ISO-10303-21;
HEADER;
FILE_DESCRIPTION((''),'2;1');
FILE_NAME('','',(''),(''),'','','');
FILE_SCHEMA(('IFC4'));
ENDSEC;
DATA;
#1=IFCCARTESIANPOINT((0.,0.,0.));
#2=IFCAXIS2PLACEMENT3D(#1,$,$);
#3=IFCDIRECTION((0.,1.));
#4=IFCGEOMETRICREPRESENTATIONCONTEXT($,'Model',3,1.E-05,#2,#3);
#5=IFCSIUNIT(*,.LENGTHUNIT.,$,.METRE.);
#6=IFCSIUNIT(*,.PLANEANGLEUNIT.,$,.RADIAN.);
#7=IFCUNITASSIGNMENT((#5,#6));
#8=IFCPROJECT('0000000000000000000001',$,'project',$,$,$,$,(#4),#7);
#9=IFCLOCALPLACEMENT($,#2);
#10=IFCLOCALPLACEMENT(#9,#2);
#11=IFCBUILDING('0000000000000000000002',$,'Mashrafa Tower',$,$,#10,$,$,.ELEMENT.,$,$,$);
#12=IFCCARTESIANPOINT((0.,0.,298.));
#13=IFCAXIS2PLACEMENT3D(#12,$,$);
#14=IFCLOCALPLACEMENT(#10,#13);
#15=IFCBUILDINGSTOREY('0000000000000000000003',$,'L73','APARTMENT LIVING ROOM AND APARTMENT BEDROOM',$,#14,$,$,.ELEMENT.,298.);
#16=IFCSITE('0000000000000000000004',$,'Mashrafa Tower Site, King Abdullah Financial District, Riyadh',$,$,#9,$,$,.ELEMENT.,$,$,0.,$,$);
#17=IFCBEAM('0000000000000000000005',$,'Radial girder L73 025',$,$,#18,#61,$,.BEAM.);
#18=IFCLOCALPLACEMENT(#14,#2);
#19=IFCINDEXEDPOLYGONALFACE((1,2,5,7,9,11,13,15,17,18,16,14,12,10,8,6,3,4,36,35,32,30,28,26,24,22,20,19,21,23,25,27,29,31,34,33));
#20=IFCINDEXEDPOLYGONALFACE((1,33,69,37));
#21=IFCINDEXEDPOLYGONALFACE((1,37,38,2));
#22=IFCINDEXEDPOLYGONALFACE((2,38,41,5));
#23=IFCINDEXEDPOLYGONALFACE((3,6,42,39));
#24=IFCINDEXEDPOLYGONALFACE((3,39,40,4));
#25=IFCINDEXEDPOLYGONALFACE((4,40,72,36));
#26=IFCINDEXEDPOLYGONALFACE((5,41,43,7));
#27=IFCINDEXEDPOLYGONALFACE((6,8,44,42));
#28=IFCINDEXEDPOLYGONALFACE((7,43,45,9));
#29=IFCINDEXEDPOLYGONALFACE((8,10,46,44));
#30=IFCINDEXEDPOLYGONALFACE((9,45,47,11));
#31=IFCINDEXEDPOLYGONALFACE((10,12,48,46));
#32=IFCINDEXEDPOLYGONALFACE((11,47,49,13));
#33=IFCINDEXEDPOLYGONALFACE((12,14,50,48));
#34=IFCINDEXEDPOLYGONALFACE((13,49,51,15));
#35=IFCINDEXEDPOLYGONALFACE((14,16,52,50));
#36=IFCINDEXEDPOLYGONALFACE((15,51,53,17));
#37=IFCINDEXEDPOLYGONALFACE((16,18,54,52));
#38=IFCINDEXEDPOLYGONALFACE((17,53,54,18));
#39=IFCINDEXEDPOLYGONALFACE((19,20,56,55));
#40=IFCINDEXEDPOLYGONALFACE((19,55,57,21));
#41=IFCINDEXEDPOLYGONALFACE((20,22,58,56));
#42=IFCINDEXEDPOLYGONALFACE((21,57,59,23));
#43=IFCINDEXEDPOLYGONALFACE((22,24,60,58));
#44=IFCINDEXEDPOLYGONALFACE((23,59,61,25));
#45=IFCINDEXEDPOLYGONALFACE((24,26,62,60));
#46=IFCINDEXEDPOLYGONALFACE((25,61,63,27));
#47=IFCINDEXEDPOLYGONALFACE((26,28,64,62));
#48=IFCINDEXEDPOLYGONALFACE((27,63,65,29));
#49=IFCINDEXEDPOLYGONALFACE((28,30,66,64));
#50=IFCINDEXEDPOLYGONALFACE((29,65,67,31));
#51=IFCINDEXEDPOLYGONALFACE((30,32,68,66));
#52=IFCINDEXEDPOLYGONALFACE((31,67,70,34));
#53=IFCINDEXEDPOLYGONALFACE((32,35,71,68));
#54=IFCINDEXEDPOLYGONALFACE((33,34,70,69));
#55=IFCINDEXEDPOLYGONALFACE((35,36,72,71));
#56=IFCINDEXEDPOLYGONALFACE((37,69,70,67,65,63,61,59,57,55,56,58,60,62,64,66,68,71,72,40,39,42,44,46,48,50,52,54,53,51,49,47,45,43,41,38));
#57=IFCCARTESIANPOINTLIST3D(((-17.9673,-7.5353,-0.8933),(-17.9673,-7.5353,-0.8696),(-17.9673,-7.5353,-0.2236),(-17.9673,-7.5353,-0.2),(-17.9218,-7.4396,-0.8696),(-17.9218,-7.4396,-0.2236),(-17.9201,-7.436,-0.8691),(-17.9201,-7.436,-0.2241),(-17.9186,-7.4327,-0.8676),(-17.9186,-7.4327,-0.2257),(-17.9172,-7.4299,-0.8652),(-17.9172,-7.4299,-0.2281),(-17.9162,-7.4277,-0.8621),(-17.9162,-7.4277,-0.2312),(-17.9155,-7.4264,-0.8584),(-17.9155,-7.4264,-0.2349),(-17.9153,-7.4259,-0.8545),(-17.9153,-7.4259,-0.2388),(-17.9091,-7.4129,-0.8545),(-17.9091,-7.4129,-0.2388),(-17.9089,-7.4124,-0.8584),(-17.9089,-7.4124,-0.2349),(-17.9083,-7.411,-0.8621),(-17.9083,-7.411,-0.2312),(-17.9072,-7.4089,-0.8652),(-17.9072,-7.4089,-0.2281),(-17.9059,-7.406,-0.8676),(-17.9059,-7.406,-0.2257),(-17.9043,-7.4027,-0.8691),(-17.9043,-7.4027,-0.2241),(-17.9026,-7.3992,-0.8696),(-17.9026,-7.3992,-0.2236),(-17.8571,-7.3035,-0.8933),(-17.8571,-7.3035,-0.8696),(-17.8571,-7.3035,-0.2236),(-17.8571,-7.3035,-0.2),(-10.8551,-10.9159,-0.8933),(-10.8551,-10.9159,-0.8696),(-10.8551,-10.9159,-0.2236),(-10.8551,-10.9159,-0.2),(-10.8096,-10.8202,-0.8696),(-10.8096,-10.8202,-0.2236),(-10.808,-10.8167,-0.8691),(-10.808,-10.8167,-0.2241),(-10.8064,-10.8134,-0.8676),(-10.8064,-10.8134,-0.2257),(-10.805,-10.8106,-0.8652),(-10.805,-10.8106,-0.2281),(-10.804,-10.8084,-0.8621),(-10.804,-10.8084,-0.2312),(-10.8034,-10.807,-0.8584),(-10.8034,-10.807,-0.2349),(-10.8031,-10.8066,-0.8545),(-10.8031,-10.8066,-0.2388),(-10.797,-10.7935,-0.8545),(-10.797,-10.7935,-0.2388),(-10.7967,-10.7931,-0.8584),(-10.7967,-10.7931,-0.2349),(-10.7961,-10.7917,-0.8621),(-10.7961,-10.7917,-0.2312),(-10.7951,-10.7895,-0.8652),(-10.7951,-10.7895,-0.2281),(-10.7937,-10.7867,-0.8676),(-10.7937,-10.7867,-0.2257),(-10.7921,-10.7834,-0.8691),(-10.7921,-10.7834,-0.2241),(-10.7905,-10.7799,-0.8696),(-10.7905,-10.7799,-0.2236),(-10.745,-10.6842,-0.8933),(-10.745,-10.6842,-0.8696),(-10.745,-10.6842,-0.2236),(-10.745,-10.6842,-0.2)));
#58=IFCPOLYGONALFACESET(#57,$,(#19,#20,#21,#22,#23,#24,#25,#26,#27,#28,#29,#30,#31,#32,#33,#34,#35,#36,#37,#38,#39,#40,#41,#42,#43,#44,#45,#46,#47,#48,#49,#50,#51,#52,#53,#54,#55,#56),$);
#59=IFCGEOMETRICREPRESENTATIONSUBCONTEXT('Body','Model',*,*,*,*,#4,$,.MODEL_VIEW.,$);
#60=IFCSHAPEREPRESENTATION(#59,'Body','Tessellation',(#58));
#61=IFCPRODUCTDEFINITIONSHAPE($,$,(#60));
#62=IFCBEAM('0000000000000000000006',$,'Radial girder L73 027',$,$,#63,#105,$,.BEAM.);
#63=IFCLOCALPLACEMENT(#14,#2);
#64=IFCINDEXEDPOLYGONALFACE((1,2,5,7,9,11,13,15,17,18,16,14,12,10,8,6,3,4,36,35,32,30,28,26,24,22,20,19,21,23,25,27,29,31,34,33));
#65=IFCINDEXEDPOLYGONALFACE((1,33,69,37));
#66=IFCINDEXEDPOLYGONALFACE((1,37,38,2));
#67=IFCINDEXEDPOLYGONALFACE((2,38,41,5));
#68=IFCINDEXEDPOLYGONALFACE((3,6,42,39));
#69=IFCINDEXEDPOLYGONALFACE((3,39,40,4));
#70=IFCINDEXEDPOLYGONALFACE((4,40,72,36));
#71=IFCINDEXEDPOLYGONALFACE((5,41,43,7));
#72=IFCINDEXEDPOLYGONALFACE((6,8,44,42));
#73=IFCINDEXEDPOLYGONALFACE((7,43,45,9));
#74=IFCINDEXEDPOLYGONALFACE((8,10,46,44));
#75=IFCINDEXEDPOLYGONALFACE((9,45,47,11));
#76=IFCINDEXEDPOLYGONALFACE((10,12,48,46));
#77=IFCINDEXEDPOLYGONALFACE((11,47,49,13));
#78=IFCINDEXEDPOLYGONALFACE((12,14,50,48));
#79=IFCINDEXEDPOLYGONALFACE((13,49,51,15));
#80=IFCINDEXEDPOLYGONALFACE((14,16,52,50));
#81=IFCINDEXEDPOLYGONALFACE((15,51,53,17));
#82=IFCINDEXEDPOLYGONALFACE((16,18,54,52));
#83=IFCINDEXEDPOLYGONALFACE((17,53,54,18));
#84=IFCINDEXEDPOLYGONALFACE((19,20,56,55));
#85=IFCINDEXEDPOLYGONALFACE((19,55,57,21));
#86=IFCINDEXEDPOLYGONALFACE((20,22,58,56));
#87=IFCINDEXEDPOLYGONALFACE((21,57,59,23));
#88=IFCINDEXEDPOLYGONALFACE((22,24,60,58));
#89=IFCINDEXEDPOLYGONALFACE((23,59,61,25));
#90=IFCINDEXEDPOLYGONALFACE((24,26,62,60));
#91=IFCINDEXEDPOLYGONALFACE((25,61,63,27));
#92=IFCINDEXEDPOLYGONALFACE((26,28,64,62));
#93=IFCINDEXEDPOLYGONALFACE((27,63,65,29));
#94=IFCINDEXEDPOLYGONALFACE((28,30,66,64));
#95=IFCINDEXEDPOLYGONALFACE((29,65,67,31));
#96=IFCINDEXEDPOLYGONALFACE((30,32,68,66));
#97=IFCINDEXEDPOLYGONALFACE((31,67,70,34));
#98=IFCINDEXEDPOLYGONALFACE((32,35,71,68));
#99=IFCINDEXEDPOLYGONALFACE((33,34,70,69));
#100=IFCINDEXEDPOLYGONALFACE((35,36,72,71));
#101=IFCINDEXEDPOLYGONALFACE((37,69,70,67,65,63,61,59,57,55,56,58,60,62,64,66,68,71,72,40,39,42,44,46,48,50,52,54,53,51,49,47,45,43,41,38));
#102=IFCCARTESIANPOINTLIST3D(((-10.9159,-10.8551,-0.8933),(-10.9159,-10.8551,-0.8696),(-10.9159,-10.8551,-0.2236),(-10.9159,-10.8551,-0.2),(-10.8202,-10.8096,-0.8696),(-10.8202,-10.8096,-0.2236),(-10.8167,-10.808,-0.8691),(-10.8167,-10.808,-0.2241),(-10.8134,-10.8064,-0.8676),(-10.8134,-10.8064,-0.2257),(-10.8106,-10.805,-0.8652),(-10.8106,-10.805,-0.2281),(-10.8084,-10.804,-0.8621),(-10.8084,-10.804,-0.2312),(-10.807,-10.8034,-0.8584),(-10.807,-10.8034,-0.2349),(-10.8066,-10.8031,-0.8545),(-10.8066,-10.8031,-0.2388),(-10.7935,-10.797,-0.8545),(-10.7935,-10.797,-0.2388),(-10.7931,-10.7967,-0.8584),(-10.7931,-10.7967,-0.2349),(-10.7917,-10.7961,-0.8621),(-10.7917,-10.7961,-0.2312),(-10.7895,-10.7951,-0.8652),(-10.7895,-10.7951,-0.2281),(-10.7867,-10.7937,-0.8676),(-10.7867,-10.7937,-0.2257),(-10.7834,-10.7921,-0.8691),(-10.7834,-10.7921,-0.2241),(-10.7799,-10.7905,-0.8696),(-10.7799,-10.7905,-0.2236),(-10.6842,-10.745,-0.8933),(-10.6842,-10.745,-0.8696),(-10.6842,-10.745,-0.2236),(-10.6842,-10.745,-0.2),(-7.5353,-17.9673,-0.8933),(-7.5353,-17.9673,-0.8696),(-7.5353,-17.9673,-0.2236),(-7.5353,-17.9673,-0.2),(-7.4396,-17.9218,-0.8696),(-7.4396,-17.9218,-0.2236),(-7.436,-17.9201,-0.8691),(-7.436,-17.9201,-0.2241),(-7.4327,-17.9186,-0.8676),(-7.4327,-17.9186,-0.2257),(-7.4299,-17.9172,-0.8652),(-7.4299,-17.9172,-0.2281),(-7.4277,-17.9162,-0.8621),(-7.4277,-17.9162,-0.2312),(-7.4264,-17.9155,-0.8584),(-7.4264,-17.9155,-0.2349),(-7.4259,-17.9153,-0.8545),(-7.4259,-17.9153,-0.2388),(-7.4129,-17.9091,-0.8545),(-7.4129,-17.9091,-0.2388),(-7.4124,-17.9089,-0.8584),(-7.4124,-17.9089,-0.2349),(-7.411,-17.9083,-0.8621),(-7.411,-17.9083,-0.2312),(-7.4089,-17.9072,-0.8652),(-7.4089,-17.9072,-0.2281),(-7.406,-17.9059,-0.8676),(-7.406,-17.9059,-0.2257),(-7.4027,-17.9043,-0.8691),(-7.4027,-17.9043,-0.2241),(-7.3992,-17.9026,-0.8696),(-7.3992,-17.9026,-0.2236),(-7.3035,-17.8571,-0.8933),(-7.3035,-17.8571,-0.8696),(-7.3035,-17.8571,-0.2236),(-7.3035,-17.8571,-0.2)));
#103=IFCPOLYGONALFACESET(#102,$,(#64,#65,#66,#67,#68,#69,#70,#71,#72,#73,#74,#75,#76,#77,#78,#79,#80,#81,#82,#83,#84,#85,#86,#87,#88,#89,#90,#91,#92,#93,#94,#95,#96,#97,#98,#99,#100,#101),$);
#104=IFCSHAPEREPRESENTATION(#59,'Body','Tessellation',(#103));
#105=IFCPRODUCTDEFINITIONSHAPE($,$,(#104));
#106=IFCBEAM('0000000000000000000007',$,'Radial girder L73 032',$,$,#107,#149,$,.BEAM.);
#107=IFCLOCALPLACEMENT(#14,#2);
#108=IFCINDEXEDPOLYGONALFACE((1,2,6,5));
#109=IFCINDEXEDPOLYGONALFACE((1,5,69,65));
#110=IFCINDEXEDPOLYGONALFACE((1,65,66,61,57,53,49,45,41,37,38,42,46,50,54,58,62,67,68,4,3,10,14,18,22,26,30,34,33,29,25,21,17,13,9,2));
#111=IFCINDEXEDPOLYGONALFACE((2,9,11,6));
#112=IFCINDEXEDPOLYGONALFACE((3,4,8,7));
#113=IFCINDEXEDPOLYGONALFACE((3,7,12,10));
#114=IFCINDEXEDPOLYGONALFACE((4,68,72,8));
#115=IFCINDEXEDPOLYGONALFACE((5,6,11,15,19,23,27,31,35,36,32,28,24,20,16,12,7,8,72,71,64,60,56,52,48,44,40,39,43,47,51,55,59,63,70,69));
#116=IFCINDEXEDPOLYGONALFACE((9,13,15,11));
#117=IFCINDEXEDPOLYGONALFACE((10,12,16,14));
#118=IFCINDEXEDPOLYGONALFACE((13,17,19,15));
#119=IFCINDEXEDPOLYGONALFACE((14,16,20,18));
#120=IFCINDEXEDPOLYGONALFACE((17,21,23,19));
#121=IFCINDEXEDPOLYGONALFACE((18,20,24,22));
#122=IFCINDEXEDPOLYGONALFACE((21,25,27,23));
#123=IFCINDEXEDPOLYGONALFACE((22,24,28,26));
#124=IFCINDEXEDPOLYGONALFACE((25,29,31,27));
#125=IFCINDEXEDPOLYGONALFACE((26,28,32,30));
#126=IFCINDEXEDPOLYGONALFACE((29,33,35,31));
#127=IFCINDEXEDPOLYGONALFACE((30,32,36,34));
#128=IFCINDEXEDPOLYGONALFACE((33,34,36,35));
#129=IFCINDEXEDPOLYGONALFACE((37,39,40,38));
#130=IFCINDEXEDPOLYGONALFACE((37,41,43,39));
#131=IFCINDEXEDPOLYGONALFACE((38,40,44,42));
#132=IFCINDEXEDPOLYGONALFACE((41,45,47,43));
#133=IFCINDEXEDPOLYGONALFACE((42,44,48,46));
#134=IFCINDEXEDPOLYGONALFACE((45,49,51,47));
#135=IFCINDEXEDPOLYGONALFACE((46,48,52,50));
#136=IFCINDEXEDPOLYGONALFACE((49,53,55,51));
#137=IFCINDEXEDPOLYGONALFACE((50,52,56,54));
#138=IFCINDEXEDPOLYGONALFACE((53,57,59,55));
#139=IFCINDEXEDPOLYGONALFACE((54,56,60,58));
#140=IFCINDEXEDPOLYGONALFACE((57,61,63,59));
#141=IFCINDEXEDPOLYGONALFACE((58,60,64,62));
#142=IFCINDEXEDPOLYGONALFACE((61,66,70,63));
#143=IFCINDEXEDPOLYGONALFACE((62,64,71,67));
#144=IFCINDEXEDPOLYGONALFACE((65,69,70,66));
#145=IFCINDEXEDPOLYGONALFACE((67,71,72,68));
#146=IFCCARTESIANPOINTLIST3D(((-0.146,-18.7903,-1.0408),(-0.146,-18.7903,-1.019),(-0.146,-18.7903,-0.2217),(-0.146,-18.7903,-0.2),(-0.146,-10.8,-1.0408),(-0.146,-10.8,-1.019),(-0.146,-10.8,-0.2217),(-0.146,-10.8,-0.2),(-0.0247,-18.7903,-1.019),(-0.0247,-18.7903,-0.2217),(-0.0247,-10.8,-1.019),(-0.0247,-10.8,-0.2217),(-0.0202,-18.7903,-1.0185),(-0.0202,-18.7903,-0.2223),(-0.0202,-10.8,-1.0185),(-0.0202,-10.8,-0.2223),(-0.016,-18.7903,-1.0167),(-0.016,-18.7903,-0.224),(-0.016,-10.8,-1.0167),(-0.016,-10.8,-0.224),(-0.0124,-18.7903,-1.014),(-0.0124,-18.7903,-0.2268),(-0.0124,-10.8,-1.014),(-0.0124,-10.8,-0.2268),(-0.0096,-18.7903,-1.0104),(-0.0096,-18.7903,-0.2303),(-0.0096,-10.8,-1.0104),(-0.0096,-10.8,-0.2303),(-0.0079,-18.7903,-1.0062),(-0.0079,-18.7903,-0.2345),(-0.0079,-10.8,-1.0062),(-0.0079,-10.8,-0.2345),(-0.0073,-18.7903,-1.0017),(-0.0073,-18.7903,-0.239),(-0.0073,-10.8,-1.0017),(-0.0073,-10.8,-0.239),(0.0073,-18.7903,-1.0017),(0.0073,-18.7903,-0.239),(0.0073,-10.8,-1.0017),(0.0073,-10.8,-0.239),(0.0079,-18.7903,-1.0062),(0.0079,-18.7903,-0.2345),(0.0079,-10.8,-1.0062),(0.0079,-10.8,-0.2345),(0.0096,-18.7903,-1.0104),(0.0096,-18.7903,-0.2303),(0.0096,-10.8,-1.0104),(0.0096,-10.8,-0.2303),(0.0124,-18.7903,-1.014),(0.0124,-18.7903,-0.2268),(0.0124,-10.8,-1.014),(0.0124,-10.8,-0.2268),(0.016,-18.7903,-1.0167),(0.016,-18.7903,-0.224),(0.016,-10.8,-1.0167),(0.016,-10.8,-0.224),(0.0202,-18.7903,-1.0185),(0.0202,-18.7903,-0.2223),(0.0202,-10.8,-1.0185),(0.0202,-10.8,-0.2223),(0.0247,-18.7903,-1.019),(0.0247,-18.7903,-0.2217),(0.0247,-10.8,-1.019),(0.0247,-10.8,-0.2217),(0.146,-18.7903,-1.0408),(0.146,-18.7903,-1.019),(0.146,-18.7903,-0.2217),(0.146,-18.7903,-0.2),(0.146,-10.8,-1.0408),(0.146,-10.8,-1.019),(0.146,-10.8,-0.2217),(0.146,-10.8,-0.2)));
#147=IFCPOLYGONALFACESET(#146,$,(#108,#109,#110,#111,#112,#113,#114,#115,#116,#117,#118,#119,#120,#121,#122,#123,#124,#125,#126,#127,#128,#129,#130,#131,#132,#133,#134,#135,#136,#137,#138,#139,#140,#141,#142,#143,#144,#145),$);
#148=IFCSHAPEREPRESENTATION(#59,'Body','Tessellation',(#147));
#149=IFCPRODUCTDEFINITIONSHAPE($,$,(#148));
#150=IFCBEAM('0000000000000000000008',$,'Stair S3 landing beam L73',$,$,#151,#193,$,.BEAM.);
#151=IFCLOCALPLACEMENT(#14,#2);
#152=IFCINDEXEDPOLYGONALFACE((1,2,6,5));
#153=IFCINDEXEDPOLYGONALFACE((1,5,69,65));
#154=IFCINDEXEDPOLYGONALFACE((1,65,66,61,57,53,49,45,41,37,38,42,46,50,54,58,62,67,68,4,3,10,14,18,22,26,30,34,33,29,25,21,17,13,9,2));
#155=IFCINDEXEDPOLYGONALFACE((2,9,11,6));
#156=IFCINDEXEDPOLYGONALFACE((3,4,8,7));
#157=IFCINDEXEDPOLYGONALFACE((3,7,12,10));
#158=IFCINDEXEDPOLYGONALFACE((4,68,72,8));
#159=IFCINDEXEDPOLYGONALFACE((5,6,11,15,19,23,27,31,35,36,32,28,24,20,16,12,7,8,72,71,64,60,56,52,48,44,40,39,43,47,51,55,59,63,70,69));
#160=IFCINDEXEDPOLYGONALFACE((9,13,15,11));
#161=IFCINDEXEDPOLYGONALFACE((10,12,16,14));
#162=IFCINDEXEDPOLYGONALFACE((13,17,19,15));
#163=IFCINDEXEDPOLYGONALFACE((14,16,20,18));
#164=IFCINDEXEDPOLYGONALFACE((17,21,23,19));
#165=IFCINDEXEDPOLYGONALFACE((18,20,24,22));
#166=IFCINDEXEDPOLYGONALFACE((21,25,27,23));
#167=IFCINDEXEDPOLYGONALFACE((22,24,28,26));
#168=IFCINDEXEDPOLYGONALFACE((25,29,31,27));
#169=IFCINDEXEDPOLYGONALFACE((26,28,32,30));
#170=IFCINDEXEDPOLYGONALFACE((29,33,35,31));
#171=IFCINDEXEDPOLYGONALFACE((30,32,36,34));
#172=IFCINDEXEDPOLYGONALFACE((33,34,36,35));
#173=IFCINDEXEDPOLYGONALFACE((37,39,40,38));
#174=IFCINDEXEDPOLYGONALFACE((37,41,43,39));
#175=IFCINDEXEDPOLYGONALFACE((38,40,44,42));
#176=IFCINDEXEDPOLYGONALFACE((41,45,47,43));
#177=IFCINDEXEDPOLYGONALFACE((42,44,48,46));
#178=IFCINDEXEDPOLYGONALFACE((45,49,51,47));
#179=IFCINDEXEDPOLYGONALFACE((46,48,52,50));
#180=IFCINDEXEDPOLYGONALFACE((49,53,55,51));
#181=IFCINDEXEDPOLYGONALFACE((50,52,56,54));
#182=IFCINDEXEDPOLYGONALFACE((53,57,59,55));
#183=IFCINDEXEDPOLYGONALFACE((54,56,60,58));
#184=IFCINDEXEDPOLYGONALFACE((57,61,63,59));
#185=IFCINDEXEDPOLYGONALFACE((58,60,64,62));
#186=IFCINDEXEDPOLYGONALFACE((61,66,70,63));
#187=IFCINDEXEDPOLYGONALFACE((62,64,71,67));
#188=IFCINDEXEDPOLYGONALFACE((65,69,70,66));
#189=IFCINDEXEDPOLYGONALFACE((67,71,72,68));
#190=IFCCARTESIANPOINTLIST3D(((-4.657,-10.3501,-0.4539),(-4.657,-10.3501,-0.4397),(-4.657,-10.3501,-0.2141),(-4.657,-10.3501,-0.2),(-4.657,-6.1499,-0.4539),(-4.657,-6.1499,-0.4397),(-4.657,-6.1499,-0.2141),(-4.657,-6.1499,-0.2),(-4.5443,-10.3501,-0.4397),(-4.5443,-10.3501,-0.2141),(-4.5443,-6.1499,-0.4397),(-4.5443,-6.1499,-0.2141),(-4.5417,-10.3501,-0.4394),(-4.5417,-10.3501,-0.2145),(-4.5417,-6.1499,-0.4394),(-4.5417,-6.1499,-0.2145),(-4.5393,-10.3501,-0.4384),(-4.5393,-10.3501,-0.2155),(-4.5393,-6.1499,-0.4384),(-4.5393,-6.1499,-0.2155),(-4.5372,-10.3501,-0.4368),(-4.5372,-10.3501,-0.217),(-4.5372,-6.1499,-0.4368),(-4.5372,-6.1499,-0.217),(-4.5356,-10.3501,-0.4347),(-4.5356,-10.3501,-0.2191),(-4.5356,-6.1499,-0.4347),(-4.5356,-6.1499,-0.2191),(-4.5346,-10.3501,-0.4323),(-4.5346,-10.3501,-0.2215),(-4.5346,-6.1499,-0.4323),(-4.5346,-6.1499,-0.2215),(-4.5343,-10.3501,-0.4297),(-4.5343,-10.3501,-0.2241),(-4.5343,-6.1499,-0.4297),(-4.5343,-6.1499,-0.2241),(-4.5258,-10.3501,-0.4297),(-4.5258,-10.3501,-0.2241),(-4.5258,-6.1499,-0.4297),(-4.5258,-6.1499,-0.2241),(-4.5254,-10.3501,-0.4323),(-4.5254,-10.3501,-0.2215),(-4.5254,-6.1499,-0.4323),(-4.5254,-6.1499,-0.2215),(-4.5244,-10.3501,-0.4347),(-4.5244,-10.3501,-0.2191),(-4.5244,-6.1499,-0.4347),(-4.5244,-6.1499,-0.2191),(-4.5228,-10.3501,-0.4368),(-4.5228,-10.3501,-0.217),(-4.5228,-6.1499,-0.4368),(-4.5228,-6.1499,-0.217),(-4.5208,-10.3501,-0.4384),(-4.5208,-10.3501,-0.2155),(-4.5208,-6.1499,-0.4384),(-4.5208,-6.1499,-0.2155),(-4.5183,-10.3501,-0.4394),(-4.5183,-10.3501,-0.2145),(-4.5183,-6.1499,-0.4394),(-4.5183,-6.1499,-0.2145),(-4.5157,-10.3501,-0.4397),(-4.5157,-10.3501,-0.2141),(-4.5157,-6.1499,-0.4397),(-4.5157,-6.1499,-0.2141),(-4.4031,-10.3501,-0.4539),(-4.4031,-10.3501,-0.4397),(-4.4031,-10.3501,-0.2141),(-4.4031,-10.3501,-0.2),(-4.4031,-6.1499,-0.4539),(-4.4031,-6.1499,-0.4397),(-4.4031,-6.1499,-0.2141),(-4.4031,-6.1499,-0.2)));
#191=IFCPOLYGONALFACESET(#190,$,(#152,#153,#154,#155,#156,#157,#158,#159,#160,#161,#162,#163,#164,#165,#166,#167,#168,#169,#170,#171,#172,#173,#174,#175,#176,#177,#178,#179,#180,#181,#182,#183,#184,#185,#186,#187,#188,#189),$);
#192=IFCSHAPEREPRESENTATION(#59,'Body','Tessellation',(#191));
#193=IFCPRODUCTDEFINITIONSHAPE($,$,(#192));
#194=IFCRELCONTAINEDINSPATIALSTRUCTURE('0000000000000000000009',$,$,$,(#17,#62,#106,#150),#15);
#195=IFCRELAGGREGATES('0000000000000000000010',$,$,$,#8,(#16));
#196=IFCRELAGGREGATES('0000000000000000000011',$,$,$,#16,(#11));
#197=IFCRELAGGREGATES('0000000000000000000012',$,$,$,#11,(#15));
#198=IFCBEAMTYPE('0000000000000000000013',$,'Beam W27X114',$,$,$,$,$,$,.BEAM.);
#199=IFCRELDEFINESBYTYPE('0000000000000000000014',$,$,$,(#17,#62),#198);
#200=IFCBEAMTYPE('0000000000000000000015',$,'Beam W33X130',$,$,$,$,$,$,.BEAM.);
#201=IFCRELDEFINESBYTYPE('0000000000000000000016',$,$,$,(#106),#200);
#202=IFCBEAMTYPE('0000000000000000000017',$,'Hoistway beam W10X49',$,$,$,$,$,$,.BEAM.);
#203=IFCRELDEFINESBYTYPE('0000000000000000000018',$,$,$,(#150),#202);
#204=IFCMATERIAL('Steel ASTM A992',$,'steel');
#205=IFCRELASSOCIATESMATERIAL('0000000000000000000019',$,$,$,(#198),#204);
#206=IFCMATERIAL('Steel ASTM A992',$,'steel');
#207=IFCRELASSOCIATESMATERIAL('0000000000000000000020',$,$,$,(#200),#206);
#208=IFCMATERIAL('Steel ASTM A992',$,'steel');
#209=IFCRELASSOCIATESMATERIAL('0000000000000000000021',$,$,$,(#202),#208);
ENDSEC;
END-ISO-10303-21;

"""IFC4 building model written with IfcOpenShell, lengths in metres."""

from ifc_helpers import new_model, si_unit, direction, frame, origin, origin_2d, place, context, subcontext, project, spatial, i_section, extrude, material, material_profile, profile_set, type_object, element, save


model = new_model("IFC4")

# Units and contexts
model_context = context("Model", 3, precision=1e-05, world=origin(), true_north=direction((0.0, 1.0)))
body_context = subcontext(model_context, "Body", "Model", "MODEL_VIEW")
ifc_project = project(units=[si_unit("LENGTHUNIT", "METRE"), si_unit("PLANEANGLEUNIT", "RADIAN")], contexts=[model_context])

# Site, building, storey
site_placement = place(None, origin())
site = spatial("IfcSite", under=ifc_project, at=site_placement, Name="Mashrafa Tower Site, King Abdullah Financial District, Riyadh", CompositionType="ELEMENT", RefElevation=0.0)
building_placement = place(site_placement, origin())
building = spatial("IfcBuilding", under=site, at=building_placement, Name="Mashrafa Tower", CompositionType="ELEMENT")
storey_placement = place(building_placement, frame((0.0, 0.0, 298.0)))
storey = spatial("IfcBuildingStorey", under=building, at=storey_placement, Name="L73", Description="APARTMENT LIVING ROOM AND APARTMENT BEDROOM", CompositionType="ELEMENT", Elevation=298.0)

# Beams
ifc_material_1 = material(Name="Steel ASTM A992", Category="steel")
ifc_material_profile_1 = material_profile(ifc_material_1, i_section(OverallWidth=0.2566, OverallDepth=0.6934, WebThickness=0.0144, FlangeThickness=0.0237, FilletRadius=0.0151, at=origin_2d()), Name="W27X114")
ifc_profile_set_1 = profile_set([ifc_material_profile_1], Name="Steel ASTM A992")
beam_type_1 = type_object("IfcBeamType", Name="Beam W27X114", PredefinedType="BEAM", material=ifc_profile_set_1)
for number, where, z_axis, x_axis, name in (
    (1, (-10.8, -10.8, -0.5466), (-0.90316, 0.429304, 0.0), (-0.429304, -0.90316, 0.0), "Radial girder L73 025"),
    (2, (-10.8, -10.8, -0.5466), (0.429304, -0.90316, 0.0), (0.90316, 0.429304, 0.0), "Radial girder L73 027"),
):
    element("IfcBeam", number, at=place(storey_placement, frame(where, z_axis=z_axis, x_axis=x_axis)), inside=storey, type_object=beam_type_1, Name=name, PredefinedType="BEAM", context=body_context, shape_type="SweptSolid", body=[
        extrude(i_section(OverallWidth=0.2566, OverallDepth=0.6934, WebThickness=0.0144, FlangeThickness=0.0237, FilletRadius=0.0151, at=origin_2d()), origin(), (0.0, 0.0, 1.0), 7.8748),
    ])
ifc_material_2 = material(Name="Steel ASTM A992", Category="steel")
ifc_material_profile_2 = material_profile(ifc_material_2, i_section(OverallWidth=0.292, OverallDepth=0.8408, WebThickness=0.0146, FlangeThickness=0.0217, FilletRadius=0.0173, at=origin_2d()), Name="W33X130")
ifc_profile_set_2 = profile_set([ifc_material_profile_2], Name="Steel ASTM A992")
beam_type_2 = type_object("IfcBeamType", Name="Beam W33X130", PredefinedType="BEAM", material=ifc_profile_set_2)
beam_1_placement = place(storey_placement, frame((0.0, -10.8, -0.6204), z_axis=(0.0, -1.0, 0.0), x_axis=(1.0, 0.0, 0.0)))
element("IfcBeam", 3, at=beam_1_placement, inside=storey, type_object=beam_type_2, Name="Radial girder L73 032", PredefinedType="BEAM", context=body_context, shape_type="SweptSolid", body=[
    extrude(i_section(OverallWidth=0.292, OverallDepth=0.8408, WebThickness=0.0146, FlangeThickness=0.0217, FilletRadius=0.0173, at=origin_2d()), origin(), (0.0, 0.0, 1.0), 7.9902),
])
ifc_material_3 = material(Name="Steel ASTM A992", Category="steel")
ifc_material_profile_3 = material_profile(ifc_material_3, i_section(OverallWidth=0.2539, OverallDepth=0.2539, WebThickness=0.0085, FlangeThickness=0.0142, FilletRadius=0.01, at=origin_2d()), Name="W10X49")
ifc_profile_set_3 = profile_set([ifc_material_profile_3], Name="Steel ASTM A992")
beam_type_3 = type_object("IfcBeamType", Name="Hoistway beam W10X49", PredefinedType="BEAM", material=ifc_profile_set_3)
beam_2_placement = place(storey_placement, frame((-4.53, -10.3501, -0.3269), z_axis=(0.0, 1.0, 0.0), x_axis=(-1.0, 0.0, 0.0)))
element("IfcBeam", 4, at=beam_2_placement, inside=storey, type_object=beam_type_3, Name="Stair S3 landing beam L73", PredefinedType="BEAM", context=body_context, shape_type="SweptSolid", body=[
    extrude(i_section(OverallWidth=0.2539, OverallDepth=0.2539, WebThickness=0.0085, FlangeThickness=0.0142, FilletRadius=0.01, at=origin_2d()), origin(), (0.0, 0.0, 1.0), 4.2002),
])

save(model, "model.ifc")
